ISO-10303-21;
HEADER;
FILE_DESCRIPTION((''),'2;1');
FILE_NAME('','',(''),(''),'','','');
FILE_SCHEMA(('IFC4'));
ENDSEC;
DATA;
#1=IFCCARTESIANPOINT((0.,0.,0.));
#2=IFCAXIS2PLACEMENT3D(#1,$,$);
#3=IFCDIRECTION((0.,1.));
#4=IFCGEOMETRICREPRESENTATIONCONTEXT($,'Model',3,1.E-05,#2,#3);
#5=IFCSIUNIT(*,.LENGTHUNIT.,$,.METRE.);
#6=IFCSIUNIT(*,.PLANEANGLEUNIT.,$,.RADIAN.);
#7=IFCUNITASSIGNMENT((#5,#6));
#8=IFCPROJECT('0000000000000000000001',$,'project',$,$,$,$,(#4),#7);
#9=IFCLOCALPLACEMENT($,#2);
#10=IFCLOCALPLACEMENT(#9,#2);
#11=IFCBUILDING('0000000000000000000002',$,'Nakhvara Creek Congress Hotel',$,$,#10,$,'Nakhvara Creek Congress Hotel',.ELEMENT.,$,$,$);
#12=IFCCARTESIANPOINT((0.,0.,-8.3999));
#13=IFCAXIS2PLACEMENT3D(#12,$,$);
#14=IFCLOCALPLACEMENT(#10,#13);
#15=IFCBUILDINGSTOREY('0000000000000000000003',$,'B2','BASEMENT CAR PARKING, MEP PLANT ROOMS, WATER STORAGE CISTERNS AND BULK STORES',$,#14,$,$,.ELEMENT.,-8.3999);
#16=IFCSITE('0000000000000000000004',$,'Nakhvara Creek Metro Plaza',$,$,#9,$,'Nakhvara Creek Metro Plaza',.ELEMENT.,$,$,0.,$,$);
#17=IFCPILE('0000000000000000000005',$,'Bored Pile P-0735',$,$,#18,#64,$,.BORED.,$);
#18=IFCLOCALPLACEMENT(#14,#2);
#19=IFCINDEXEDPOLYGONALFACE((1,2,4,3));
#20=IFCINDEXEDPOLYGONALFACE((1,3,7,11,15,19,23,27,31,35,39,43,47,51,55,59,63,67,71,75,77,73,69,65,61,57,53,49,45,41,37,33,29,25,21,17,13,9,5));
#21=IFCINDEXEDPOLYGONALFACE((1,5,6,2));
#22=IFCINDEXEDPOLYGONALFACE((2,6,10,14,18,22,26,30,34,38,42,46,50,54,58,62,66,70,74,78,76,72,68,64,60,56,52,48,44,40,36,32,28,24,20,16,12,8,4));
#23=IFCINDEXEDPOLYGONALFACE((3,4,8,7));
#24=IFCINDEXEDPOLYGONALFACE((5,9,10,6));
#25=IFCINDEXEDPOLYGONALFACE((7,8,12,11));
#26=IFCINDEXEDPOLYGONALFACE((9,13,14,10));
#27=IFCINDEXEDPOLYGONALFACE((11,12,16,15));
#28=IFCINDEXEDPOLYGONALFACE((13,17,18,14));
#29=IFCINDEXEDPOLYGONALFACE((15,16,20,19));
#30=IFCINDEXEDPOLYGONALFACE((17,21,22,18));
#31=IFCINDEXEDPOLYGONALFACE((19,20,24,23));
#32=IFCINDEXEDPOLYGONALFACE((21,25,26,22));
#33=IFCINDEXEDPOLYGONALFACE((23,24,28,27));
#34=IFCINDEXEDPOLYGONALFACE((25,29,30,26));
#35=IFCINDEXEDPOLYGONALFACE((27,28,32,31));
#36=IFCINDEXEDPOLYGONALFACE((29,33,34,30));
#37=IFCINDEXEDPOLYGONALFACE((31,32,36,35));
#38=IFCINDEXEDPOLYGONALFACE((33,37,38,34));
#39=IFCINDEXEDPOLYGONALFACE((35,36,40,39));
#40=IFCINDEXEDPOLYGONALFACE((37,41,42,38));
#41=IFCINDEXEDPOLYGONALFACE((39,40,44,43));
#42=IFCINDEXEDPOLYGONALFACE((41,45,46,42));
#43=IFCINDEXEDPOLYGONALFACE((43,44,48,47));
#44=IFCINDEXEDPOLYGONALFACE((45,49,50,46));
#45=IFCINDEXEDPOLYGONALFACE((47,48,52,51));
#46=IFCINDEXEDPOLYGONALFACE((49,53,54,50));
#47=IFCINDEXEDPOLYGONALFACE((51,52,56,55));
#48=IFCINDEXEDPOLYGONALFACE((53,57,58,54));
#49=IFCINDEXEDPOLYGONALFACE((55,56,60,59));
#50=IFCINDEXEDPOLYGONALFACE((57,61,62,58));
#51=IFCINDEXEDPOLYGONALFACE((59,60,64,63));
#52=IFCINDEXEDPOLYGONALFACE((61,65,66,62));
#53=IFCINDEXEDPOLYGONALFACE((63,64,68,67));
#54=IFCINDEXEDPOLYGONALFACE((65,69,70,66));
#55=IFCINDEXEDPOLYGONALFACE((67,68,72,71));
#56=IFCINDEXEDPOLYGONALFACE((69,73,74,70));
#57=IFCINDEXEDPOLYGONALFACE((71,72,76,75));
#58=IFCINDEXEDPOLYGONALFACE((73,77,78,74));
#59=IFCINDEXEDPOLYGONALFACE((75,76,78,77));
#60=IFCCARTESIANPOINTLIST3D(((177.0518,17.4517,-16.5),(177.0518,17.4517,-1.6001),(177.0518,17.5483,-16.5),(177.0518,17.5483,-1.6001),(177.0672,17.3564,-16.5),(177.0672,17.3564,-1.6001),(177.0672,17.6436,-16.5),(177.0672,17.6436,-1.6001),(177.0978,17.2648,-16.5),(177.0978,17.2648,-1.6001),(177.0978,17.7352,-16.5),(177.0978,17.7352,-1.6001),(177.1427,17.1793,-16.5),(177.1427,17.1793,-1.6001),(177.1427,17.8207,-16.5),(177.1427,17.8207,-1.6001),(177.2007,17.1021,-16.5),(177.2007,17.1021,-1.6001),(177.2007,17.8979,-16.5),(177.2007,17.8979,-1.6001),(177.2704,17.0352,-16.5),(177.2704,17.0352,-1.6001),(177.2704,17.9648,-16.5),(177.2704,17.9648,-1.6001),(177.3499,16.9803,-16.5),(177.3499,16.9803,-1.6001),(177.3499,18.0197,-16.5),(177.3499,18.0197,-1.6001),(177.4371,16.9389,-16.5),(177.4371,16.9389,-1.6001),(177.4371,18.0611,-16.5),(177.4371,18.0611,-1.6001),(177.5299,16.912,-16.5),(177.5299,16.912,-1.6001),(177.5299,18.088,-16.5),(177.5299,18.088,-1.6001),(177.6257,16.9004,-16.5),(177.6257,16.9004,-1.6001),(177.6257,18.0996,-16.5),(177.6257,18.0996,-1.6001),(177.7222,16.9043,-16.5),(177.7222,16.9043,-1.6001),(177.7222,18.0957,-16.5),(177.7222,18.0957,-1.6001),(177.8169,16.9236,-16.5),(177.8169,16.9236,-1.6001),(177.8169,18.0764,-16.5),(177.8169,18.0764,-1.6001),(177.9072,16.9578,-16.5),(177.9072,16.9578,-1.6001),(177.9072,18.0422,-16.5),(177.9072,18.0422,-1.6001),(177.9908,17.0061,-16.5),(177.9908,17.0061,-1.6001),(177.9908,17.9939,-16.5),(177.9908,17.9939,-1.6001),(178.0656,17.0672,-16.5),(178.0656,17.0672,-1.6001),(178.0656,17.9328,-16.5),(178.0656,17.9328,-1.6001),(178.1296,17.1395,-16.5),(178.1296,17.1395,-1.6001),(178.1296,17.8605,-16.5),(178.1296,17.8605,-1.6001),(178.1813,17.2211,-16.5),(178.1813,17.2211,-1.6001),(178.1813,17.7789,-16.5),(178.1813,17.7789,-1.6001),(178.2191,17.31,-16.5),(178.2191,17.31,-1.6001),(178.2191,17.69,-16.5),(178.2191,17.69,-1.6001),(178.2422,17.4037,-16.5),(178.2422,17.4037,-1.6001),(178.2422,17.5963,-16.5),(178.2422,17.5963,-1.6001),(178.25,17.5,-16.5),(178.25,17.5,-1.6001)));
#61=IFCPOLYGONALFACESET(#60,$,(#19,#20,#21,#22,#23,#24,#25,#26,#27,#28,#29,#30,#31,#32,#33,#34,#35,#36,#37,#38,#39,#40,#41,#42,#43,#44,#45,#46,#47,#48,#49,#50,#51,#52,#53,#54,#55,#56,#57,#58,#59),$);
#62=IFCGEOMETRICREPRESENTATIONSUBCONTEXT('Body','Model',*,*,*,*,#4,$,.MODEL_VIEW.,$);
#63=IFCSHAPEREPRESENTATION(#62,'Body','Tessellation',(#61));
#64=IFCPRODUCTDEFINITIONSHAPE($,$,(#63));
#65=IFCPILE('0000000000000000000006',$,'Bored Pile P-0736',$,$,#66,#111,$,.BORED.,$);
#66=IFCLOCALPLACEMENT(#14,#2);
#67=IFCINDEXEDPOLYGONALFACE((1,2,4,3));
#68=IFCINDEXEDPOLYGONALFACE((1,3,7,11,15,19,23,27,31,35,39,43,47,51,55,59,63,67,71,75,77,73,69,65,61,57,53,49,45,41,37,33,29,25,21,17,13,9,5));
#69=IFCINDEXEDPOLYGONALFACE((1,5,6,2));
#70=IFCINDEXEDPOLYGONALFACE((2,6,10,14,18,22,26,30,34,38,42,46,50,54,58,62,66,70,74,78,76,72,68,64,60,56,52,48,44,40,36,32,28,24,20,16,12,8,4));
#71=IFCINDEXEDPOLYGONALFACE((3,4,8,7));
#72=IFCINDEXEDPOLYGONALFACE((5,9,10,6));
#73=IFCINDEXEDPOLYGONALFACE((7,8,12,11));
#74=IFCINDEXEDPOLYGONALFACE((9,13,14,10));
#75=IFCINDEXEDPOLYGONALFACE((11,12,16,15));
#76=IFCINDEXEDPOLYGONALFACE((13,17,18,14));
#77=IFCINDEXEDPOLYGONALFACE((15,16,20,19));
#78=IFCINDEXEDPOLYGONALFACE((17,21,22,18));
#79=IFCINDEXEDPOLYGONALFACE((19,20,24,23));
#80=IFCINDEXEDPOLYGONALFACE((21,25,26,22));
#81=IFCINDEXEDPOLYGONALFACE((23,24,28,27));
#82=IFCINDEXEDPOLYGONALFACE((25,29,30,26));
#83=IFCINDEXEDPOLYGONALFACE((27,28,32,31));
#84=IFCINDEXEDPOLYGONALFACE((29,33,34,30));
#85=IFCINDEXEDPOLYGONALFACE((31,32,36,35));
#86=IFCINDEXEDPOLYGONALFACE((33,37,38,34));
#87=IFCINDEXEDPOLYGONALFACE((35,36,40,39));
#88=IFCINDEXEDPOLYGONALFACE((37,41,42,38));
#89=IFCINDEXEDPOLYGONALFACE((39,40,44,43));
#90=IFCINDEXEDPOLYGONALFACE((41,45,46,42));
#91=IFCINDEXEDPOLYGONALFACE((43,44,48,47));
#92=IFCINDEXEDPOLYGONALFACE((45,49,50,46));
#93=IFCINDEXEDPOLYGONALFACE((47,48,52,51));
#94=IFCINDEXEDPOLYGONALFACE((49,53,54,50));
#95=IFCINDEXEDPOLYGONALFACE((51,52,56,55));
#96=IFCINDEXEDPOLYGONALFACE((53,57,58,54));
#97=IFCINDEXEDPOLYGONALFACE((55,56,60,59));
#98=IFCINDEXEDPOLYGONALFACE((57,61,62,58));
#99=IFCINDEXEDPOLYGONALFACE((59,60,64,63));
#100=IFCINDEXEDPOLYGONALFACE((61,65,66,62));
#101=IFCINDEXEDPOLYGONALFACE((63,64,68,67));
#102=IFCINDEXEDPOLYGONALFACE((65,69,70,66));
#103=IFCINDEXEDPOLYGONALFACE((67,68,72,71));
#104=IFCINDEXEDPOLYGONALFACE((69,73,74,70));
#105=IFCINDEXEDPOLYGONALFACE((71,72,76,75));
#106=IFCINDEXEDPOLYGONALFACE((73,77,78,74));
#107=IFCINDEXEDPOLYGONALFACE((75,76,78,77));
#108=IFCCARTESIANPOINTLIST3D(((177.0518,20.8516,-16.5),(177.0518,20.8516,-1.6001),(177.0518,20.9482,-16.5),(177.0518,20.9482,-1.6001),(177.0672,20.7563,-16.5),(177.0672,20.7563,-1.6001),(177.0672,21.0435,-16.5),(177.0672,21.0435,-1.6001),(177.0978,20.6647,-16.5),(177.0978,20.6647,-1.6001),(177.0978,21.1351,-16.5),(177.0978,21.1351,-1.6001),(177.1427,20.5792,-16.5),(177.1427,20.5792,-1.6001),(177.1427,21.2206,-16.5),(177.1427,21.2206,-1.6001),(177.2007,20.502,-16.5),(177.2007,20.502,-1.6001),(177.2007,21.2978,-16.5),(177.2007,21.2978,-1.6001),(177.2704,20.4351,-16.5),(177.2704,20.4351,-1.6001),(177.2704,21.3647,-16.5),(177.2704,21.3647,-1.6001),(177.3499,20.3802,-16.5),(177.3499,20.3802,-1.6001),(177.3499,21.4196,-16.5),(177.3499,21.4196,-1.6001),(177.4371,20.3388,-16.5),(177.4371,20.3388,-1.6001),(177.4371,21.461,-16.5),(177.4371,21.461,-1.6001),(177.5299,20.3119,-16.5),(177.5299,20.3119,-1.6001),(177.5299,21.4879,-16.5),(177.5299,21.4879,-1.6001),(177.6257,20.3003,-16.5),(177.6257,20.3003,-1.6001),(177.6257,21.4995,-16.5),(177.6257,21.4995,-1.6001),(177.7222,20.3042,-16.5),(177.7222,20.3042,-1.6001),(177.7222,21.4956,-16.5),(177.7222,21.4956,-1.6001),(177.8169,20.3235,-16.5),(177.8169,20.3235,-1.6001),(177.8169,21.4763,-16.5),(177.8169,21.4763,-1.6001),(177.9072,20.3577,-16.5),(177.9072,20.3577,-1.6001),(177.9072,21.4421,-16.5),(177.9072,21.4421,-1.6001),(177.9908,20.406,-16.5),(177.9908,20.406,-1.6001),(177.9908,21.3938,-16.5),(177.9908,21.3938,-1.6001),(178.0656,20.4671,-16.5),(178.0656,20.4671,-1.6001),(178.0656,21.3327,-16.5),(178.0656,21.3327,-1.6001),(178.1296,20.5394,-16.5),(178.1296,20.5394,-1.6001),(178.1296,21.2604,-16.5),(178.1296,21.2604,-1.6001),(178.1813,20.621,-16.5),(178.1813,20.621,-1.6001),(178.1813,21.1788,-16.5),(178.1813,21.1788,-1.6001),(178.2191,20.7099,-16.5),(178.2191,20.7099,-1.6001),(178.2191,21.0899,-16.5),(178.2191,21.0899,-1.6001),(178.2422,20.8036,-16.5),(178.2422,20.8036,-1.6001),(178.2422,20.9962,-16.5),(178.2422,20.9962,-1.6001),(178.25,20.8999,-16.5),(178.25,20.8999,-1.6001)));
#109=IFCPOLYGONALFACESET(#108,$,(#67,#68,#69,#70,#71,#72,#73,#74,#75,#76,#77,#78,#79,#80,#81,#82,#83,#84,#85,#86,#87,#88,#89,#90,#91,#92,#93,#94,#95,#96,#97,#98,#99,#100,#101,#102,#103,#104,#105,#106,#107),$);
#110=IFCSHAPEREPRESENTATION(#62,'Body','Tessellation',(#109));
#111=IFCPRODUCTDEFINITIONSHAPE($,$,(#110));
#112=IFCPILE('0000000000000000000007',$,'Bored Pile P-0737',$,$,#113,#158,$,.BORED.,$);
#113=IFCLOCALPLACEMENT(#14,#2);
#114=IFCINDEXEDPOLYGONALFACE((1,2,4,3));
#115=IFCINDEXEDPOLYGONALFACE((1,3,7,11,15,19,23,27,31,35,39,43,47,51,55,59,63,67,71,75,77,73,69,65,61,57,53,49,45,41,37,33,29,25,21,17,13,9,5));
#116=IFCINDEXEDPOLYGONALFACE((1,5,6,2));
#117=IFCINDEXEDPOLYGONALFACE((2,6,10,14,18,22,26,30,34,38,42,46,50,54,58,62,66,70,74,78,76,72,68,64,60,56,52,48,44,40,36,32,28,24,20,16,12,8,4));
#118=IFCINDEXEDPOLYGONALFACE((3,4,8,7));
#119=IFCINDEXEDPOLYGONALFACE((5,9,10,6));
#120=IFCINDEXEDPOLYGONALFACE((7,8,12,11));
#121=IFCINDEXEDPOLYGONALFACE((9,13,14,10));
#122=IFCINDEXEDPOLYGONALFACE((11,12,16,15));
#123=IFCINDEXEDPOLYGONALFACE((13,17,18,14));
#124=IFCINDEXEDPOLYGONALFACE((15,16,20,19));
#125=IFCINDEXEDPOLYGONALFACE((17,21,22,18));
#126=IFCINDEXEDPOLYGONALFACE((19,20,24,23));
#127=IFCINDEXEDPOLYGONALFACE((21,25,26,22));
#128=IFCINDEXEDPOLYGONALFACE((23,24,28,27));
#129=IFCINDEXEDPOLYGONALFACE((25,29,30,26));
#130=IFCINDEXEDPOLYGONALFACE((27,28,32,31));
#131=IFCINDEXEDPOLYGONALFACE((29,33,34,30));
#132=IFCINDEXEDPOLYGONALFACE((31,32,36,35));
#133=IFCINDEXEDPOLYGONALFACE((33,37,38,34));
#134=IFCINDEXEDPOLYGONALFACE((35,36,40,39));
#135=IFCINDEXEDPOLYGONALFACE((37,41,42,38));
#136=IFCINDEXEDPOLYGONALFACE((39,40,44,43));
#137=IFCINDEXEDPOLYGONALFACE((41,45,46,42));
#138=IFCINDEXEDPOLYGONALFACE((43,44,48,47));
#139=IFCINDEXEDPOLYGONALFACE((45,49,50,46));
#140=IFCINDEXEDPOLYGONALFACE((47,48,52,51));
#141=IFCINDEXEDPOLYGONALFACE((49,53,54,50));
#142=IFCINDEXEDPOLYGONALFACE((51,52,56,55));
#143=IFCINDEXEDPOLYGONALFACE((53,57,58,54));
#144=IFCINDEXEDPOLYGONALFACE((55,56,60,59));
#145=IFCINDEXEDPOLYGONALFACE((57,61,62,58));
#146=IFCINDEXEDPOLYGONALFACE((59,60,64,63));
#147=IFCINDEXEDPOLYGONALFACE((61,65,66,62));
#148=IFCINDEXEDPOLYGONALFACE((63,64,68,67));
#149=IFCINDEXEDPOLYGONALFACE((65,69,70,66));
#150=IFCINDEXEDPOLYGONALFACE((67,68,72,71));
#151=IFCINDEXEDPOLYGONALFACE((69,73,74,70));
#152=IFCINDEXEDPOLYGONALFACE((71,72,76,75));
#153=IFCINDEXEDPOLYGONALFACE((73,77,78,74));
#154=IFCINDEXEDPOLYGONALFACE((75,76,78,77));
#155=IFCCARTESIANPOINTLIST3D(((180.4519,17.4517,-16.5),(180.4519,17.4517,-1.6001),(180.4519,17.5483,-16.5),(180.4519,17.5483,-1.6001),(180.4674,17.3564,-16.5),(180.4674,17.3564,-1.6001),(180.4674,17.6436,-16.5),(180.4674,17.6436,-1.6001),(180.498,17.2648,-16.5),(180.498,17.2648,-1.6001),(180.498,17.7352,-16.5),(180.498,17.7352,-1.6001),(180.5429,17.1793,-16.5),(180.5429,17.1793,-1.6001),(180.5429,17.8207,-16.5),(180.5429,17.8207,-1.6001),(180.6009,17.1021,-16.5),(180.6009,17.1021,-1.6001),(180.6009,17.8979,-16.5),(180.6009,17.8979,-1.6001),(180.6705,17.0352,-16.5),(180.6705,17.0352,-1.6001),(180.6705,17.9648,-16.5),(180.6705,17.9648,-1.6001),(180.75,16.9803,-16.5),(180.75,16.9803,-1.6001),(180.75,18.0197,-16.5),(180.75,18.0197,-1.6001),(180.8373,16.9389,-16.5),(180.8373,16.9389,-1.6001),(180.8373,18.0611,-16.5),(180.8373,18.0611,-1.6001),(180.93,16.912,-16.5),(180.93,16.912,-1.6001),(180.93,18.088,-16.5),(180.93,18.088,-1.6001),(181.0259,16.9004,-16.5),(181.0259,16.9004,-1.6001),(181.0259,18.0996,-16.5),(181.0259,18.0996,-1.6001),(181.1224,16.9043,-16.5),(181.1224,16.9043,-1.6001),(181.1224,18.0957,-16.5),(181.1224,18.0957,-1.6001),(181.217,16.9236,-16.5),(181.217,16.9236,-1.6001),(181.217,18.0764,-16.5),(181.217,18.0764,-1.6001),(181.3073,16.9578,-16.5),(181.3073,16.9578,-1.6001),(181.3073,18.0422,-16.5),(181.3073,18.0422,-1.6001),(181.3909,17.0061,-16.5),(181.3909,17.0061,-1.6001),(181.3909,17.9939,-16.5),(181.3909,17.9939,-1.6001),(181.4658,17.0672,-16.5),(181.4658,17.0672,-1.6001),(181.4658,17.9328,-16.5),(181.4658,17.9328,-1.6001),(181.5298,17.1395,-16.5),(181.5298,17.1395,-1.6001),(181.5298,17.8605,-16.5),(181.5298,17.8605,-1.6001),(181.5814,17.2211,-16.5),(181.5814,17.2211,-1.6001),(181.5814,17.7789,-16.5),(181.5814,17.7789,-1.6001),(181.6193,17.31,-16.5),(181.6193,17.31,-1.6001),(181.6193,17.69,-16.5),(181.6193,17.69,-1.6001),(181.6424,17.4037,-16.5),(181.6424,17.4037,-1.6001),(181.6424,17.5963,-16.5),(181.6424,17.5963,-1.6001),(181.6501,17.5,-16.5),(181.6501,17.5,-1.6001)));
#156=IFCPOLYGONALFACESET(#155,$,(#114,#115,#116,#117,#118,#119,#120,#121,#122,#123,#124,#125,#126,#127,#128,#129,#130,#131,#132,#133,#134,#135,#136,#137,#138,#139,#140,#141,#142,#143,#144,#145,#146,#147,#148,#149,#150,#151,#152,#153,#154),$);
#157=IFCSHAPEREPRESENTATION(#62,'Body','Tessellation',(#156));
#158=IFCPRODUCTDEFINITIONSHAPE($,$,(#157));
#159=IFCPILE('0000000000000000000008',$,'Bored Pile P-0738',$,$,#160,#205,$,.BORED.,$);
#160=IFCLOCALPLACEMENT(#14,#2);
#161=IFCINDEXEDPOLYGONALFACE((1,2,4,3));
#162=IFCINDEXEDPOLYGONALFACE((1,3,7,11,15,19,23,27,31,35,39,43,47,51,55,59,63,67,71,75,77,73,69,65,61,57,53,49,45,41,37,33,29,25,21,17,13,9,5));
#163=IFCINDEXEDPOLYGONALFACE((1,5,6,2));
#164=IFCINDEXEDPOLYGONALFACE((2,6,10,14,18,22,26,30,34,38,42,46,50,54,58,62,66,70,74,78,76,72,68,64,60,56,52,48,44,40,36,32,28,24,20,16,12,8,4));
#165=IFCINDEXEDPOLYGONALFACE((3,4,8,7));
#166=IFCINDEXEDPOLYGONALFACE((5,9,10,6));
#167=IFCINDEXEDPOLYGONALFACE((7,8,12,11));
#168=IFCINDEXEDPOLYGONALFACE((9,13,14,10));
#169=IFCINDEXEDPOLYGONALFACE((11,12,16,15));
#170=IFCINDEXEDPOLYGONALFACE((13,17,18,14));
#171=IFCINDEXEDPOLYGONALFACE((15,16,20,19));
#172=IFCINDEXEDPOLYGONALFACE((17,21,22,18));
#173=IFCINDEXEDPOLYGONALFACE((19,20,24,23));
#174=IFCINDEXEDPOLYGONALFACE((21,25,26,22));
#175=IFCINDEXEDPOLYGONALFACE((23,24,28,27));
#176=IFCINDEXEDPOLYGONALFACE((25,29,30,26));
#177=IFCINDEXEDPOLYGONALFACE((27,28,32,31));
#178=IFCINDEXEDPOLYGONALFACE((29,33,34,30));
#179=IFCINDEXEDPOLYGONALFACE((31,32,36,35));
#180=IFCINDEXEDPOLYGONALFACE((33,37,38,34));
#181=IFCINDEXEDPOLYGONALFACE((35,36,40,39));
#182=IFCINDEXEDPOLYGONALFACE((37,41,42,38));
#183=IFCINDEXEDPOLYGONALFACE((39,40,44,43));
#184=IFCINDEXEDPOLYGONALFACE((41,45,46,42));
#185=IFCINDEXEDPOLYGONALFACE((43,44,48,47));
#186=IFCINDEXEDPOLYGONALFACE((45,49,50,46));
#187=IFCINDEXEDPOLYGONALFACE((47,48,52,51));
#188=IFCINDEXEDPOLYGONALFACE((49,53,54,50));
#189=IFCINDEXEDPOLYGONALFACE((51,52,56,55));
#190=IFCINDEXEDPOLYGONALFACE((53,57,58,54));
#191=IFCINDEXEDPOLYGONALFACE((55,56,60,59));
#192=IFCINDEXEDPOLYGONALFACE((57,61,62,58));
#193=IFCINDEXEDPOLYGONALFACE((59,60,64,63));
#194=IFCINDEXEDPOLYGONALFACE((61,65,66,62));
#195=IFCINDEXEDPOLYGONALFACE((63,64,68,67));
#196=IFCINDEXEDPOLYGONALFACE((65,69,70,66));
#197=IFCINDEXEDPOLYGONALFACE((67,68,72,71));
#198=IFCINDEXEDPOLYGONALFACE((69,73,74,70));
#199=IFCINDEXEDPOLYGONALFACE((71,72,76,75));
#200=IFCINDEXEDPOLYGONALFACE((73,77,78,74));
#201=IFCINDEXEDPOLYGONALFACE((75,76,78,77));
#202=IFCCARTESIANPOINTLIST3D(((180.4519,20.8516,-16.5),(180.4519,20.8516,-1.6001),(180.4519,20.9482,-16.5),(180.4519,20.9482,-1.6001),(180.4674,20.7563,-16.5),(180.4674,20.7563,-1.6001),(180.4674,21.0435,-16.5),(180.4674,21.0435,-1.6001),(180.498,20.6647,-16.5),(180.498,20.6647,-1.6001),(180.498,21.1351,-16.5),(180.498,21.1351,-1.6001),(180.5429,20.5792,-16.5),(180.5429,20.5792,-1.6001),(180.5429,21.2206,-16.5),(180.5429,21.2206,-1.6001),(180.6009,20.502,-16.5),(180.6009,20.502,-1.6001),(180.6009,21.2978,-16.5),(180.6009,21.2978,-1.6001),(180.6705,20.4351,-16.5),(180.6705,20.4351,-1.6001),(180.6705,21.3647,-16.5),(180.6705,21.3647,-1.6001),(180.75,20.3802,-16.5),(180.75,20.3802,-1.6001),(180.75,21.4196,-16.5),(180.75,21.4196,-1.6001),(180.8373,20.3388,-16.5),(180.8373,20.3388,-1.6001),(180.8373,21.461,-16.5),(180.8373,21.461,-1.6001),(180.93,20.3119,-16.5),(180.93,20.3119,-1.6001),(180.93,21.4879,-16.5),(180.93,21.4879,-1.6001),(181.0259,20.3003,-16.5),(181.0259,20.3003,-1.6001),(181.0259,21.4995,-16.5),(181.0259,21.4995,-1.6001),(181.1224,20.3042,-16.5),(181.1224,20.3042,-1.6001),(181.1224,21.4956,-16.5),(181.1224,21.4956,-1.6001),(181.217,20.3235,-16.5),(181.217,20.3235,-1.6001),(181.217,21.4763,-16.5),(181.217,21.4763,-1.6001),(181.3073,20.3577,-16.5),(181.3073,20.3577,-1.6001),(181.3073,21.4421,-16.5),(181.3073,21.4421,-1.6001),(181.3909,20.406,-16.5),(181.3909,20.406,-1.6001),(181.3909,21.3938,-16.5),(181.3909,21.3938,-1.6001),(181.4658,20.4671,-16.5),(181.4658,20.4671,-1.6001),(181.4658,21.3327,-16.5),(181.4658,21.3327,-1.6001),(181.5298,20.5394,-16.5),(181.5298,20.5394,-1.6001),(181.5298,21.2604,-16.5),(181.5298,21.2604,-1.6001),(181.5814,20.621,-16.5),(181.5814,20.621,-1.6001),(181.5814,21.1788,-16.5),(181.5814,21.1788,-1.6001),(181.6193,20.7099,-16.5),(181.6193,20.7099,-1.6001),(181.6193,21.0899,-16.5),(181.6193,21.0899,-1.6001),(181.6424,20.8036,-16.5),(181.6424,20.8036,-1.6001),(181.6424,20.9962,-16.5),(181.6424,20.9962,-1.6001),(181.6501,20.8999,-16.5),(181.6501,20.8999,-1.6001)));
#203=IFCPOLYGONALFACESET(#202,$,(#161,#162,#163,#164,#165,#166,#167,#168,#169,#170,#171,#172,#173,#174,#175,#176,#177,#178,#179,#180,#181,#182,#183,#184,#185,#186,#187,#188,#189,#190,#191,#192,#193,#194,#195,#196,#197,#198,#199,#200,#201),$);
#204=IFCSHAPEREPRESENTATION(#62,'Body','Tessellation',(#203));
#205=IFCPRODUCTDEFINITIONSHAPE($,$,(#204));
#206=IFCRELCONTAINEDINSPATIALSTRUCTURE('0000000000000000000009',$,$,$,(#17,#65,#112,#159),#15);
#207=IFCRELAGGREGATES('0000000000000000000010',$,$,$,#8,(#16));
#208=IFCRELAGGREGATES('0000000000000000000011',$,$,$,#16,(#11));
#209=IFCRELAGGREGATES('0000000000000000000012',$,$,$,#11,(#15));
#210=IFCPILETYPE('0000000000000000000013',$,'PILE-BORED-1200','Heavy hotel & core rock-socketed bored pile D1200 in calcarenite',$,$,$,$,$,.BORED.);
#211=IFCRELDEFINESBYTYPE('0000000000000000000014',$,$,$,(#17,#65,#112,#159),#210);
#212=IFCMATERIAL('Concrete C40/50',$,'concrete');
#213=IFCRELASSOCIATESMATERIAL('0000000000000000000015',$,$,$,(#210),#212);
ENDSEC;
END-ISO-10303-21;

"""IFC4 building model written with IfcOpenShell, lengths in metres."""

from ifc_helpers import new_model, si_unit, direction, frame, origin, origin_2d, place, context, subcontext, project, spatial, circle, extrude, material, material_profile, profile_set, type_object, element, save


model = new_model("IFC4")

# Units and contexts
model_context = context("Model", 3, precision=1e-05, world=origin(), true_north=direction((0.0, 1.0)))
body_context = subcontext(model_context, "Body", "Model", "MODEL_VIEW")
ifc_project = project(units=[si_unit("LENGTHUNIT", "METRE"), si_unit("PLANEANGLEUNIT", "RADIAN")], contexts=[model_context])

# Site, building, storey
site_placement = place(None, origin())
site = spatial("IfcSite", under=ifc_project, at=site_placement, Name="Nakhvara Creek Metro Plaza", LongName="Nakhvara Creek Metro Plaza", CompositionType="ELEMENT", RefElevation=0.0)
building_placement = place(site_placement, origin())
building = spatial("IfcBuilding", under=site, at=building_placement, Name="Nakhvara Creek Congress Hotel", LongName="Nakhvara Creek Congress Hotel", CompositionType="ELEMENT")
storey_placement = place(building_placement, frame((0.0, 0.0, -8.3999)))
storey = spatial("IfcBuildingStorey", under=building, at=storey_placement, Name="B2", Description="BASEMENT CAR PARKING, MEP PLANT ROOMS, WATER STORAGE CISTERNS AND BULK STORES", CompositionType="ELEMENT", Elevation=-8.3999)

# Shared definitions
ifc_material_1 = material(Name="Concrete C40/50", Category="concrete")

# Piles
ifc_material_profile_1 = material_profile(ifc_material_1, circle(Radius=0.6001, at=origin_2d()), Name="BORED PILE D1200", Category="LoadBearing")
ifc_profile_set_1 = profile_set([ifc_material_profile_1], Name="Concrete C40/50")
pile_type = type_object("IfcPileType", Name="PILE-BORED-1200", Description="Heavy hotel & core rock-socketed bored pile D1200 in calcarenite", PredefinedType="BORED", material=ifc_profile_set_1)
for number, where, z_axis, x_axis, name in (
    (1, (177.6499, 17.5, -1.6001), (0.0, 0.0, -1.0), (1.0, 0.0, 0.0), "Bored Pile P-0735"),
    (2, (177.6499, 20.8999, -1.6001), (0.0, 0.0, -1.0), (1.0, 0.0, 0.0), "Bored Pile P-0736"),
    (3, (181.05, 17.5, -1.6001), (0.0, 0.0, -1.0), (1.0, 0.0, 0.0), "Bored Pile P-0737"),
    (4, (181.05, 20.8999, -1.6001), (0.0, 0.0, -1.0), (1.0, 0.0, 0.0), "Bored Pile P-0738"),
):
    element("IfcPile", number, at=place(storey_placement, frame(where, z_axis=z_axis, x_axis=x_axis)), inside=storey, type_object=pile_type, Name=name, PredefinedType="BORED", context=body_context, shape_type="SweptSolid", body=[
        extrude(circle(Radius=0.6001, at=origin_2d()), origin(), (0.0, 0.0, 1.0), 14.8999),
    ])

save(model, "model.ifc")
